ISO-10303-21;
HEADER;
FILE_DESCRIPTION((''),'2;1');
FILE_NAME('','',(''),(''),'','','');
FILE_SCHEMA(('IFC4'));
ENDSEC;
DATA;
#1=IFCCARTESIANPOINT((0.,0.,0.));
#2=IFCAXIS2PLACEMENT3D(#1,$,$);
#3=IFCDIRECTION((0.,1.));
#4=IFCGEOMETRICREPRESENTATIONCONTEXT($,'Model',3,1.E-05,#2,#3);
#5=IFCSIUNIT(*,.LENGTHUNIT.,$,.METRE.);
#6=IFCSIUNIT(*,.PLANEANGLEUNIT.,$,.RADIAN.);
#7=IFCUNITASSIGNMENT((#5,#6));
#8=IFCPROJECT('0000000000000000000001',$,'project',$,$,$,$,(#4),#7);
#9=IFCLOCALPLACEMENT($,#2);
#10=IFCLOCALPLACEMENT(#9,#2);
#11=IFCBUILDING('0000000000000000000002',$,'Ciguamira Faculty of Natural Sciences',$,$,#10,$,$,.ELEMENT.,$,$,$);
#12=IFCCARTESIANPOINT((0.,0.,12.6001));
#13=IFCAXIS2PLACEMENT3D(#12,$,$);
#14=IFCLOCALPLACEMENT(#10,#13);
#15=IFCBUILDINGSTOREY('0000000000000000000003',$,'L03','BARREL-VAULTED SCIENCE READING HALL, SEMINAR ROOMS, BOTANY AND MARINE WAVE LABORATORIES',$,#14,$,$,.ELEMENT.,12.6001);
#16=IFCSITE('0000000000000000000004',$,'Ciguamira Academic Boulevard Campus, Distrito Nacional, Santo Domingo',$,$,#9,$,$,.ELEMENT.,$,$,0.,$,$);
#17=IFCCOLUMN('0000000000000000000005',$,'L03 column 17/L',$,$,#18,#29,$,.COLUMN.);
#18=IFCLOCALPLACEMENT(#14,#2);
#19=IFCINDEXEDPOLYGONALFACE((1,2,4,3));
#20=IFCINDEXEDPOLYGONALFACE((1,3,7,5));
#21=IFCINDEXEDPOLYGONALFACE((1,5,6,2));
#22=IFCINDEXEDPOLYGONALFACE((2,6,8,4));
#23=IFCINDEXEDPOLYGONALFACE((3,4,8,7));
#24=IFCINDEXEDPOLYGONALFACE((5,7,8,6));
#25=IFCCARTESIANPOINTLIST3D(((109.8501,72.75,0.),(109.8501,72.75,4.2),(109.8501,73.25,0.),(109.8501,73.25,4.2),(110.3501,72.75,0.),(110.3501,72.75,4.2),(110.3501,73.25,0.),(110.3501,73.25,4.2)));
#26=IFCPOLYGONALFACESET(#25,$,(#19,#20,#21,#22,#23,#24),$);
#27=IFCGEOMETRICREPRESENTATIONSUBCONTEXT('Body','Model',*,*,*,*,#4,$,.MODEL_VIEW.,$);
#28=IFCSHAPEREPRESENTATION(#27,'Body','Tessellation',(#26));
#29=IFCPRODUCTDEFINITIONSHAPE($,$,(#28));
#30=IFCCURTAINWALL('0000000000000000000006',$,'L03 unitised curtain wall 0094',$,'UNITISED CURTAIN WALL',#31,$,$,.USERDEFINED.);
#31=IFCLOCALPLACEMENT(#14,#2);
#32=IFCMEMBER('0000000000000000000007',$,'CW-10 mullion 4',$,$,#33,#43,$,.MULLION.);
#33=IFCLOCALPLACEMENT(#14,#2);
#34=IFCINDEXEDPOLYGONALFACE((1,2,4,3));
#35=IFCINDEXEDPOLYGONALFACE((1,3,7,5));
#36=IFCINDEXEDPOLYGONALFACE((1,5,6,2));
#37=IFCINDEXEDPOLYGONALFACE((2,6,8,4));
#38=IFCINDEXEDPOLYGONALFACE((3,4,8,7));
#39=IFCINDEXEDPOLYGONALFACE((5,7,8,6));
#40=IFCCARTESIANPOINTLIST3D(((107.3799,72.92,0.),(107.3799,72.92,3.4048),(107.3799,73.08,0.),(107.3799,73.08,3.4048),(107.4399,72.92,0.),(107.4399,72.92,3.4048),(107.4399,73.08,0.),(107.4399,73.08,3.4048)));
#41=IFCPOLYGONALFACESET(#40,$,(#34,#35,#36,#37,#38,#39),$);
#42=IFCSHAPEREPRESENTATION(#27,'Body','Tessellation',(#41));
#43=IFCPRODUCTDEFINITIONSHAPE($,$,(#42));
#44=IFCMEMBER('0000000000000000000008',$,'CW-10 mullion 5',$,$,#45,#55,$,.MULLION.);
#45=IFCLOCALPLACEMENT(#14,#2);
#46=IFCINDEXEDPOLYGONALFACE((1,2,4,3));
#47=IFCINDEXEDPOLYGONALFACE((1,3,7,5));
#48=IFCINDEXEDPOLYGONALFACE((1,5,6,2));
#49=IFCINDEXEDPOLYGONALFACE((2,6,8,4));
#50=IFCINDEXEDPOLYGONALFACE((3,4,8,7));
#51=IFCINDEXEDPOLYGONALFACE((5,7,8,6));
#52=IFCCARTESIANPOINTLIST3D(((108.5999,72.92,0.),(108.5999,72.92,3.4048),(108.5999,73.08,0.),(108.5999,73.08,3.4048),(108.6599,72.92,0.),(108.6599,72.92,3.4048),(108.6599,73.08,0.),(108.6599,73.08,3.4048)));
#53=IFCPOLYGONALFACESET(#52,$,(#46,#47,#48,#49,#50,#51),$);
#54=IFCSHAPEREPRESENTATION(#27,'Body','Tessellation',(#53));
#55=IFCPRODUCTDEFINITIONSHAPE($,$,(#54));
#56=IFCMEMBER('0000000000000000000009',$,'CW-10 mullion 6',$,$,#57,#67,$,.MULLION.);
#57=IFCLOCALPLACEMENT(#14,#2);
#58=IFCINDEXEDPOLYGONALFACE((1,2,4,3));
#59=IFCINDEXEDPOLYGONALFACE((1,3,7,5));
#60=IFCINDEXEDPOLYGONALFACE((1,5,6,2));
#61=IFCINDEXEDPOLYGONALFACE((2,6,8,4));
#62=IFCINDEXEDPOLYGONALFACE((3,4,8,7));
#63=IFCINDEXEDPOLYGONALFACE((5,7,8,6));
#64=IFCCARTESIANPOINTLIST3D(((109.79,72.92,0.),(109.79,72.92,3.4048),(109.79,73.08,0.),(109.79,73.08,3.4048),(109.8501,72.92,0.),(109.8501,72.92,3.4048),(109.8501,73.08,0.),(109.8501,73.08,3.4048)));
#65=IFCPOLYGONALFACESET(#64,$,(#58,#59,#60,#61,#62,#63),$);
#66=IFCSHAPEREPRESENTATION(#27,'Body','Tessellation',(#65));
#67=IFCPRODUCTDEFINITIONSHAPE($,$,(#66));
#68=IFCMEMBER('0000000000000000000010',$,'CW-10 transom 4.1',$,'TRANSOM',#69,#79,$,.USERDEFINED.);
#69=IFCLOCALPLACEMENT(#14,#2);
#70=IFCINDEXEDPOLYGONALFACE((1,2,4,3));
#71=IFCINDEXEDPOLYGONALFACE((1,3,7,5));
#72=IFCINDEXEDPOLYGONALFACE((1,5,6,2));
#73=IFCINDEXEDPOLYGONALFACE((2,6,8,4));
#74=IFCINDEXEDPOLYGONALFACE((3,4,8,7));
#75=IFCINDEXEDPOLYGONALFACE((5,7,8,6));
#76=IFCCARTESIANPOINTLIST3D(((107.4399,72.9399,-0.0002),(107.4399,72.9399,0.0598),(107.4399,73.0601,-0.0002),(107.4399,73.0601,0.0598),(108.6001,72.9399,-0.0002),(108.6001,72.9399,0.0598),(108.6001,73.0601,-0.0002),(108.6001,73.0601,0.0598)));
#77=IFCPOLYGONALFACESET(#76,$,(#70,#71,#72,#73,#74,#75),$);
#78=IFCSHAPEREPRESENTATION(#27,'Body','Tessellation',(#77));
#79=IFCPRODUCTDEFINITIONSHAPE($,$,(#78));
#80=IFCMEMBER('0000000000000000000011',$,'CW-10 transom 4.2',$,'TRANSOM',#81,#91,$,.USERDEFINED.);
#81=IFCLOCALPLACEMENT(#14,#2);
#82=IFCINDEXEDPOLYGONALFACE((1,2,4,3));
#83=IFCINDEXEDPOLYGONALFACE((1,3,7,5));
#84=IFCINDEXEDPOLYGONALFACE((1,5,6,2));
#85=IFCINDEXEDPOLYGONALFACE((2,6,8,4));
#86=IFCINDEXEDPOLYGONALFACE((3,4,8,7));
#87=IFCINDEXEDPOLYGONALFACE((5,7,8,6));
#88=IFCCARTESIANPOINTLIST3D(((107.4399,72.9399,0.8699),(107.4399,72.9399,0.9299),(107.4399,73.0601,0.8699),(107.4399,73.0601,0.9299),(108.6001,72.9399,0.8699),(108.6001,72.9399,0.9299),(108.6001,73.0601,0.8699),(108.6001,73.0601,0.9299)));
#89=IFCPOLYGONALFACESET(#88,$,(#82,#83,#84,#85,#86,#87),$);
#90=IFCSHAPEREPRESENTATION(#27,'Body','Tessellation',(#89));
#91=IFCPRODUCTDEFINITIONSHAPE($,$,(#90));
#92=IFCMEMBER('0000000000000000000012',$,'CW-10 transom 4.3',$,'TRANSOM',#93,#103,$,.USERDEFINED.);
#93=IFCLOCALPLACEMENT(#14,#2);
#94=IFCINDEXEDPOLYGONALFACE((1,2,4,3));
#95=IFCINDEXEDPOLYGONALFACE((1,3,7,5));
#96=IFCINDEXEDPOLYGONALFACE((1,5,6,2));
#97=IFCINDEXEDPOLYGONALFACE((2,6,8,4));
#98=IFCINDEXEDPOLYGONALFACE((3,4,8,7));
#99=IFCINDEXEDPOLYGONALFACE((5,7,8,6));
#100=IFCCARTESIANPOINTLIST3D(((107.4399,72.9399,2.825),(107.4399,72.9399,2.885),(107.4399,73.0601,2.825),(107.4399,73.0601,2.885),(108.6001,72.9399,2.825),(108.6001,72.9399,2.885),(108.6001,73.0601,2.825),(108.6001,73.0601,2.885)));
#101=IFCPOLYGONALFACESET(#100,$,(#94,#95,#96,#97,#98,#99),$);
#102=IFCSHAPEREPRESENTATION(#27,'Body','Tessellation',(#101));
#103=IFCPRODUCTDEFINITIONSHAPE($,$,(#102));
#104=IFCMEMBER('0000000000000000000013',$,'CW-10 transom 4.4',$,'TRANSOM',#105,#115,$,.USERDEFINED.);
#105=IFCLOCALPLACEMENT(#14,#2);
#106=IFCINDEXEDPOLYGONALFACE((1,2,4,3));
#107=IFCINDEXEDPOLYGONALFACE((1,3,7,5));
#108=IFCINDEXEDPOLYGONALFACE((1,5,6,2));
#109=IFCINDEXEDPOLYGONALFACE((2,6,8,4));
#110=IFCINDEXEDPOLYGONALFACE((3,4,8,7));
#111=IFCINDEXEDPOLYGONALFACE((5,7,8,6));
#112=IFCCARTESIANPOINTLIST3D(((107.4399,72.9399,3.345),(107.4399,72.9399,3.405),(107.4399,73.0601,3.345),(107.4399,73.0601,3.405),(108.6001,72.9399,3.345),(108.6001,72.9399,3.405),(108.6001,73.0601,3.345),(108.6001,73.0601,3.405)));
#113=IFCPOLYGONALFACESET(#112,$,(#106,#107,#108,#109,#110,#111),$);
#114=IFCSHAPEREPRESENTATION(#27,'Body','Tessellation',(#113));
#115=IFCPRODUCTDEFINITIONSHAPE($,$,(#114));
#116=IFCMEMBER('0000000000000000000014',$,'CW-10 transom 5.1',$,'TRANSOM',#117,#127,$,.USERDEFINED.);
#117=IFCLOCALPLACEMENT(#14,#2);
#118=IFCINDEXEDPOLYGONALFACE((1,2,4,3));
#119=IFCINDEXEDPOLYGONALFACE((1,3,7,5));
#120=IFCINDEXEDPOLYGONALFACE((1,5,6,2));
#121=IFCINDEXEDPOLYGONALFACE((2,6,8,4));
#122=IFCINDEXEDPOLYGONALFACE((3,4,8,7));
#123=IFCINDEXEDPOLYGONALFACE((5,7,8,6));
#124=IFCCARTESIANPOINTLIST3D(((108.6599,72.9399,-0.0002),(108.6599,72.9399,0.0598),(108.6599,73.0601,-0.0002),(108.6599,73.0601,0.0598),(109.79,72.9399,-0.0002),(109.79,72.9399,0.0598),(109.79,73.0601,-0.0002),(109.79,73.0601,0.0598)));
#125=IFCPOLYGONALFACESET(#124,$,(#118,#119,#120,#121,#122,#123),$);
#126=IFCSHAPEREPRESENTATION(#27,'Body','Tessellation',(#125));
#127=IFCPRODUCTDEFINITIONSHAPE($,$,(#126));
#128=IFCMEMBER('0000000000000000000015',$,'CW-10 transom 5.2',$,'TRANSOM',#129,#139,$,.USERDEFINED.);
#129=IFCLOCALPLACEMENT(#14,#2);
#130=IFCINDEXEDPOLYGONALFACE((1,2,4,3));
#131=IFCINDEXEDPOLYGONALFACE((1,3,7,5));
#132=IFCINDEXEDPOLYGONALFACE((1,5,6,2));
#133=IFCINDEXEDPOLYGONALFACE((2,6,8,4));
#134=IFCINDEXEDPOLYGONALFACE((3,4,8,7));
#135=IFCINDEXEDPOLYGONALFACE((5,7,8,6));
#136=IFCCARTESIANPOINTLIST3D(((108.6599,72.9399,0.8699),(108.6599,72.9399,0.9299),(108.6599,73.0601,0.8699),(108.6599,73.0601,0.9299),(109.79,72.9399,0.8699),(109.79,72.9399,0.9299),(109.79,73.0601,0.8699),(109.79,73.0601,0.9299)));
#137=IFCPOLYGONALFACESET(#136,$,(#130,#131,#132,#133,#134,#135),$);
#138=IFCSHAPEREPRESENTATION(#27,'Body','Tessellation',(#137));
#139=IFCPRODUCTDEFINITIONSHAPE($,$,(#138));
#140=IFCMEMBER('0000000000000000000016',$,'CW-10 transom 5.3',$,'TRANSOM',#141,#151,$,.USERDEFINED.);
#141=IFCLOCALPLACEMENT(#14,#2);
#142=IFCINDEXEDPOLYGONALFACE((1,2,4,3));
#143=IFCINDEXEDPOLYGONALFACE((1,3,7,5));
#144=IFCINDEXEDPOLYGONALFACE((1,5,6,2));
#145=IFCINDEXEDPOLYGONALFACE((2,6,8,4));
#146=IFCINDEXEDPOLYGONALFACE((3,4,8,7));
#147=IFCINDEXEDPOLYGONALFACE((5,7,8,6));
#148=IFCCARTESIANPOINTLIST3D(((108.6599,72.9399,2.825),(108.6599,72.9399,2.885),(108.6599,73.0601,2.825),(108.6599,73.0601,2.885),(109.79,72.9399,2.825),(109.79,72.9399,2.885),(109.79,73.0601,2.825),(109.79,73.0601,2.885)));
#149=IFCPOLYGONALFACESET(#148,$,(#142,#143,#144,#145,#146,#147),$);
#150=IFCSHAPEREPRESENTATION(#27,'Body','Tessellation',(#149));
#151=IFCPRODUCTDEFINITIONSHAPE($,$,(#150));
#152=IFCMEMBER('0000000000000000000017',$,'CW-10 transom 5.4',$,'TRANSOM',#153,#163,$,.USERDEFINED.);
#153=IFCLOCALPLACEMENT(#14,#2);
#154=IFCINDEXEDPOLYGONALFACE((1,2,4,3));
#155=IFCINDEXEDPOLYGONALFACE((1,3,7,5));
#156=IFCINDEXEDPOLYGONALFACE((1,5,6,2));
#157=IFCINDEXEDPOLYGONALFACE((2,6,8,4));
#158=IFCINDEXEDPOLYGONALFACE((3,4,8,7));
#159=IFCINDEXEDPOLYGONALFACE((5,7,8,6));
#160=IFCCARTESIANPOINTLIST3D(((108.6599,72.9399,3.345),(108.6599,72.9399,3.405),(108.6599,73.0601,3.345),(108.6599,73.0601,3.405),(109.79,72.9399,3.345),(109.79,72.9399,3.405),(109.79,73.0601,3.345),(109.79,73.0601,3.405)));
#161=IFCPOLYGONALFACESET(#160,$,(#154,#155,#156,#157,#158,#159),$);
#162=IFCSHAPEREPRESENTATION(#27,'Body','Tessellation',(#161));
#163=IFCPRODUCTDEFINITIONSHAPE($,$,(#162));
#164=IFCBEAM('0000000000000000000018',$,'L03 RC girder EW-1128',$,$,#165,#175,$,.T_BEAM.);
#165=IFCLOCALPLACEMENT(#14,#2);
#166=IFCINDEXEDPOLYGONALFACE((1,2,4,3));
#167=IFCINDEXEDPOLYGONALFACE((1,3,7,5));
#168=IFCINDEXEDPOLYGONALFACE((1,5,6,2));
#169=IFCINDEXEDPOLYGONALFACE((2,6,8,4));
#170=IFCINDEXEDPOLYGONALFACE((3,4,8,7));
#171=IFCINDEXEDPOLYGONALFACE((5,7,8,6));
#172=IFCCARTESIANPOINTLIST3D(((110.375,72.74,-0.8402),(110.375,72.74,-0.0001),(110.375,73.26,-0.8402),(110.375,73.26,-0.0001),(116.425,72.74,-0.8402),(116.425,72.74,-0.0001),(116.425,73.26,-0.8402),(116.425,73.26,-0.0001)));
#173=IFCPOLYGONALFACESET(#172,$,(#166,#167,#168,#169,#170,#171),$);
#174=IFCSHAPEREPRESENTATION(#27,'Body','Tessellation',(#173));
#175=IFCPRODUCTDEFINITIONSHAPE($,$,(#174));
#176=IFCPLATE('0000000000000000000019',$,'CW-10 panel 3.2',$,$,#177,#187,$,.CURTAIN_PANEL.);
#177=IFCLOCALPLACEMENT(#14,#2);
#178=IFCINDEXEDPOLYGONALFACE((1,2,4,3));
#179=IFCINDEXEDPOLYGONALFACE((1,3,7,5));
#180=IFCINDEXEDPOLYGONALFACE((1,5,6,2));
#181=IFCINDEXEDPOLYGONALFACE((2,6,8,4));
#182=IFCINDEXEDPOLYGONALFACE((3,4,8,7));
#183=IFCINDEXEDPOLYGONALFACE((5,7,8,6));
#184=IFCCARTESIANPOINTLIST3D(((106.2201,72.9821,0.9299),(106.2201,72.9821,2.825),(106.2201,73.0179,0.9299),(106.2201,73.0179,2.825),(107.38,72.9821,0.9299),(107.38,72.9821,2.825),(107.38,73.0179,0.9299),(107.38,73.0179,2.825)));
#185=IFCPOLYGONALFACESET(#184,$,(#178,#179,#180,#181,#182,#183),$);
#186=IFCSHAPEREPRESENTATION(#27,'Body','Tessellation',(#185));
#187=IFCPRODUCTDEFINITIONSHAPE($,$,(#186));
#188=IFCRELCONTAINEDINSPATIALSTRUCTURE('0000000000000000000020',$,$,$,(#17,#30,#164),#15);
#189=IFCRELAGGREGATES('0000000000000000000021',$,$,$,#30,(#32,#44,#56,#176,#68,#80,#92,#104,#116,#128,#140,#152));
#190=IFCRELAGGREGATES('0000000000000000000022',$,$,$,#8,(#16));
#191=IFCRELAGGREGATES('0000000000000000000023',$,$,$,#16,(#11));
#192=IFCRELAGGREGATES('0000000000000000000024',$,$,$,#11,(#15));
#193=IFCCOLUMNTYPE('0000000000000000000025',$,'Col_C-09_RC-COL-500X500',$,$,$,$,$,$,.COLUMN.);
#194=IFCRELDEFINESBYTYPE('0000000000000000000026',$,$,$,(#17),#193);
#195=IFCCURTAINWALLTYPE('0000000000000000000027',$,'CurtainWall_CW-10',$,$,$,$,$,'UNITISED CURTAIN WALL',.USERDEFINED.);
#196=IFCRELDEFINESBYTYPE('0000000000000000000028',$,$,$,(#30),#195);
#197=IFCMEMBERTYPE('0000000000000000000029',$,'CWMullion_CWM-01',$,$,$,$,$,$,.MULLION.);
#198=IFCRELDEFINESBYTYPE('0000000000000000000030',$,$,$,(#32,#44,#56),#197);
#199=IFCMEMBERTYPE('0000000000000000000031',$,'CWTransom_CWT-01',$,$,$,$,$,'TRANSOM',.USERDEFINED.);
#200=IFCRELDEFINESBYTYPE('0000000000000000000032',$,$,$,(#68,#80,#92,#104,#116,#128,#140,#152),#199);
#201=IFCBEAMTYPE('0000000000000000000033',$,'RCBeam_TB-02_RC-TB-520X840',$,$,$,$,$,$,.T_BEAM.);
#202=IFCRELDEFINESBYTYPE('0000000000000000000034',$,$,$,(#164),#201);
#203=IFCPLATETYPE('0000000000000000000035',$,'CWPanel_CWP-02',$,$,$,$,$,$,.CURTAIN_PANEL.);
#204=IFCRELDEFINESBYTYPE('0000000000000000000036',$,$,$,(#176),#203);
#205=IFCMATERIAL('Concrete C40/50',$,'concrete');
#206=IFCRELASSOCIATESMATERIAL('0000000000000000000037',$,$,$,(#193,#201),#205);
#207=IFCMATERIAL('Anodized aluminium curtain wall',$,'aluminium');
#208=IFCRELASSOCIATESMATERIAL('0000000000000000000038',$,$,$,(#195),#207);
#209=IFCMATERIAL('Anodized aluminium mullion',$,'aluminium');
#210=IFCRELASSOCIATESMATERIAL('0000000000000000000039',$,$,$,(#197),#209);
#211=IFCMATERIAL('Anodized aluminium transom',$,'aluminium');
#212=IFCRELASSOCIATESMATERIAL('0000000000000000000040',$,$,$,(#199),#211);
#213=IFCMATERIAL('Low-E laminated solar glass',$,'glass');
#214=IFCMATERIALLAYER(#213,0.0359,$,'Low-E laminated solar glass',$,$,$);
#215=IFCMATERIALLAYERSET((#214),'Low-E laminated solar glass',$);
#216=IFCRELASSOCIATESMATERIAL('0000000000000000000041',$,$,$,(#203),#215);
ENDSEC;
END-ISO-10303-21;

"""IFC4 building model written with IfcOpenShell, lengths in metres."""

from ifc_helpers import new_model, si_unit, direction, frame, origin, origin_2d, place, context, subcontext, project, spatial, rectangle, extrude, material, layer, layer_set, material_profile, profile_set, type_object, element, aggregate, save


model = new_model("IFC4")

# Units and contexts
model_context = context("Model", 3, precision=1e-05, world=origin(), true_north=direction((0.0, 1.0)))
body_context = subcontext(model_context, "Body", "Model", "MODEL_VIEW")
ifc_project = project(units=[si_unit("LENGTHUNIT", "METRE"), si_unit("PLANEANGLEUNIT", "RADIAN")], contexts=[model_context])

# Site, building, storey
site_placement = place(None, origin())
site = spatial("IfcSite", under=ifc_project, at=site_placement, Name="Ciguamira Academic Boulevard Campus, Distrito Nacional, Santo Domingo", CompositionType="ELEMENT", RefElevation=0.0)
building_placement = place(site_placement, origin())
building = spatial("IfcBuilding", under=site, at=building_placement, Name="Ciguamira Faculty of Natural Sciences", CompositionType="ELEMENT")
storey_placement = place(building_placement, frame((0.0, 0.0, 12.6001)))
storey = spatial("IfcBuildingStorey", under=building, at=storey_placement, Name="L03", Description="BARREL-VAULTED SCIENCE READING HALL, SEMINAR ROOMS, BOTANY AND MARINE WAVE LABORATORIES", CompositionType="ELEMENT", Elevation=12.6001)

# Column
ifc_material_1 = material(Name="Concrete C40/50", Category="concrete")
ifc_material_profile_1 = material_profile(ifc_material_1, rectangle(XDim=0.5, YDim=0.5, at=origin_2d()), Name="RC-COL-500X500")
ifc_profile_set_1 = profile_set([ifc_material_profile_1], Name="Concrete C40/50")
column_type = type_object("IfcColumnType", Name="Col_C-09_RC-COL-500X500", PredefinedType="COLUMN", material=ifc_profile_set_1)
column_placement = place(storey_placement, frame((110.1001, 73.0, 0.0), z_axis=(0.0, 0.0, 1.0), x_axis=(1.0, 0.0, 0.0)))
element("IfcColumn", 1, at=column_placement, inside=storey, type_object=column_type, Name="L03 column 17/L", PredefinedType="COLUMN", context=body_context, shape_type="SweptSolid", body=[
    extrude(rectangle(XDim=0.5, YDim=0.5, at=origin_2d()), origin(), (0.0, 0.0, 1.0), 4.2),
])

# Curtain wall, members
ifc_material_2 = material(Name="Anodized aluminium curtain wall", Category="aluminium")
curtain_wall_type = type_object("IfcCurtainWallType", Name="CurtainWall_CW-10", ElementType="UNITISED CURTAIN WALL", PredefinedType="USERDEFINED", material=ifc_material_2)
curtain_wall_placement = place(storey_placement, origin())
curtain_wall = element("IfcCurtainWall", 2, at=curtain_wall_placement, inside=storey, type_object=curtain_wall_type, Name="L03 unitised curtain wall 0094", ObjectType="UNITISED CURTAIN WALL", PredefinedType="USERDEFINED")
ifc_material_3 = material(Name="Anodized aluminium mullion", Category="aluminium")
ifc_material_profile_2 = material_profile(ifc_material_3, rectangle(XDim=0.0601, YDim=0.1599, at=origin_2d()), Name="ALU-MUL-60X160")
ifc_profile_set_2 = profile_set([ifc_material_profile_2], Name="Anodized aluminium mullion")
member_type_1 = type_object("IfcMemberType", Name="CWMullion_CWM-01", PredefinedType="MULLION", material=ifc_profile_set_2)
member_1_placement = place(storey_placement, frame((107.4099, 73.0, 0.0), z_axis=(0.0, 0.0, 1.0), x_axis=(1.0, 0.0, 0.0)))
member_1 = element("IfcMember", 3, at=member_1_placement, type_object=member_type_1, Name="CW-10 mullion 4", PredefinedType="MULLION", context=body_context, shape_type="SweptSolid", body=[
    extrude(rectangle(XDim=0.0601, YDim=0.1599, at=origin_2d()), origin(), (0.0, 0.0, 1.0), 3.4048),
])
member_2_placement = place(storey_placement, frame((108.6299, 73.0, 0.0), z_axis=(0.0, 0.0, 1.0), x_axis=(1.0, 0.0, 0.0)))
member_2 = element("IfcMember", 4, at=member_2_placement, type_object=member_type_1, Name="CW-10 mullion 5", PredefinedType="MULLION", context=body_context, shape_type="SweptSolid", body=[
    extrude(rectangle(XDim=0.0601, YDim=0.1599, at=origin_2d()), origin(), (0.0, 0.0, 1.0), 3.4048),
])
member_3_placement = place(storey_placement, frame((109.8201, 73.0, 0.0), z_axis=(0.0, 0.0, 1.0), x_axis=(1.0, 0.0, 0.0)))
member_3 = element("IfcMember", 5, at=member_3_placement, type_object=member_type_1, Name="CW-10 mullion 6", PredefinedType="MULLION", context=body_context, shape_type="SweptSolid", body=[
    extrude(rectangle(XDim=0.0601, YDim=0.1599, at=origin_2d()), origin(), (0.0, 0.0, 1.0), 3.4048),
])
ifc_material_4 = material(Name="Anodized aluminium transom", Category="aluminium")
ifc_material_profile_3 = material_profile(ifc_material_4, rectangle(XDim=0.0601, YDim=0.1201, at=origin_2d()), Name="ALU-TRN-60X120")
ifc_profile_set_3 = profile_set([ifc_material_profile_3], Name="Anodized aluminium transom")
member_type_2 = type_object("IfcMemberType", Name="CWTransom_CWT-01", ElementType="TRANSOM", PredefinedType="USERDEFINED", material=ifc_profile_set_3)
member_4_placement = place(storey_placement, frame((107.4399, 73.0, 0.0298), z_axis=(1.0, 0.0, 0.0), x_axis=(0.0, 0.0, 1.0)))
member_4 = element("IfcMember", 6, at=member_4_placement, type_object=member_type_2, Name="CW-10 transom 4.1", ObjectType="TRANSOM", PredefinedType="USERDEFINED", context=body_context, shape_type="SweptSolid", body=[
    extrude(rectangle(XDim=0.0601, YDim=0.1201, at=origin_2d()), origin(), (0.0, 0.0, 1.0), 1.1602),
])
member_5_placement = place(storey_placement, frame((107.4399, 73.0, 0.8999), z_axis=(1.0, 0.0, 0.0), x_axis=(0.0, 0.0, 1.0)))
member_5 = element("IfcMember", 7, at=member_5_placement, type_object=member_type_2, Name="CW-10 transom 4.2", ObjectType="TRANSOM", PredefinedType="USERDEFINED", context=body_context, shape_type="SweptSolid", body=[
    extrude(rectangle(XDim=0.0601, YDim=0.1201, at=origin_2d()), origin(), (0.0, 0.0, 1.0), 1.1602),
])
member_6_placement = place(storey_placement, frame((107.4399, 73.0, 2.855), z_axis=(1.0, 0.0, 0.0), x_axis=(0.0, 0.0, 1.0)))
member_6 = element("IfcMember", 8, at=member_6_placement, type_object=member_type_2, Name="CW-10 transom 4.3", ObjectType="TRANSOM", PredefinedType="USERDEFINED", context=body_context, shape_type="SweptSolid", body=[
    extrude(rectangle(XDim=0.0601, YDim=0.1201, at=origin_2d()), origin(), (0.0, 0.0, 1.0), 1.1602),
])
member_7_placement = place(storey_placement, frame((107.4399, 73.0, 3.375), z_axis=(1.0, 0.0, 0.0), x_axis=(0.0, 0.0, 1.0)))
member_7 = element("IfcMember", 9, at=member_7_placement, type_object=member_type_2, Name="CW-10 transom 4.4", ObjectType="TRANSOM", PredefinedType="USERDEFINED", context=body_context, shape_type="SweptSolid", body=[
    extrude(rectangle(XDim=0.0601, YDim=0.1201, at=origin_2d()), origin(), (0.0, 0.0, 1.0), 1.1602),
])
member_8_placement = place(storey_placement, frame((108.6599, 73.0, 0.0298), z_axis=(1.0, 0.0, 0.0), x_axis=(0.0, 0.0, 1.0)))
member_8 = element("IfcMember", 10, at=member_8_placement, type_object=member_type_2, Name="CW-10 transom 5.1", ObjectType="TRANSOM", PredefinedType="USERDEFINED", context=body_context, shape_type="SweptSolid", body=[
    extrude(rectangle(XDim=0.0601, YDim=0.1201, at=origin_2d()), origin(), (0.0, 0.0, 1.0), 1.1301),
])
member_9_placement = place(storey_placement, frame((108.6599, 73.0, 0.8999), z_axis=(1.0, 0.0, 0.0), x_axis=(0.0, 0.0, 1.0)))
member_9 = element("IfcMember", 11, at=member_9_placement, type_object=member_type_2, Name="CW-10 transom 5.2", ObjectType="TRANSOM", PredefinedType="USERDEFINED", context=body_context, shape_type="SweptSolid", body=[
    extrude(rectangle(XDim=0.0601, YDim=0.1201, at=origin_2d()), origin(), (0.0, 0.0, 1.0), 1.1301),
])
member_10_placement = place(storey_placement, frame((108.6599, 73.0, 2.855), z_axis=(1.0, 0.0, 0.0), x_axis=(0.0, 0.0, 1.0)))
member_10 = element("IfcMember", 12, at=member_10_placement, type_object=member_type_2, Name="CW-10 transom 5.3", ObjectType="TRANSOM", PredefinedType="USERDEFINED", context=body_context, shape_type="SweptSolid", body=[
    extrude(rectangle(XDim=0.0601, YDim=0.1201, at=origin_2d()), origin(), (0.0, 0.0, 1.0), 1.1301),
])
member_11_placement = place(storey_placement, frame((108.6599, 73.0, 3.375), z_axis=(1.0, 0.0, 0.0), x_axis=(0.0, 0.0, 1.0)))
member_11 = element("IfcMember", 13, at=member_11_placement, type_object=member_type_2, Name="CW-10 transom 5.4", ObjectType="TRANSOM", PredefinedType="USERDEFINED", context=body_context, shape_type="SweptSolid", body=[
    extrude(rectangle(XDim=0.0601, YDim=0.1201, at=origin_2d()), origin(), (0.0, 0.0, 1.0), 1.1301),
])

# Beam
ifc_material_profile_4 = material_profile(ifc_material_1, rectangle(XDim=0.52, YDim=0.8401, at=origin_2d()), Name="RC-TB-520X840")
ifc_profile_set_4 = profile_set([ifc_material_profile_4], Name="Concrete C40/50")
beam_type = type_object("IfcBeamType", Name="RCBeam_TB-02_RC-TB-520X840", PredefinedType="T_BEAM", material=ifc_profile_set_4)
beam_placement = place(storey_placement, frame((110.375, 73.0, -0.4202), z_axis=(1.0, 0.0, 0.0), x_axis=(0.0, 1.0, 0.0)))
element("IfcBeam", 14, at=beam_placement, inside=storey, type_object=beam_type, Name="L03 RC girder EW-1128", PredefinedType="T_BEAM", context=body_context, shape_type="SweptSolid", body=[
    extrude(rectangle(XDim=0.52, YDim=0.8401, at=origin_2d()), origin(), (0.0, 0.0, 1.0), 6.05),
])

# Plate
ifc_material_5 = material(Name="Low-E laminated solar glass", Category="glass")
ifc_layer = layer(ifc_material_5, 0.0359, Name="Low-E laminated solar glass")
ifc_layer_set = layer_set([ifc_layer], Name="Low-E laminated solar glass")
plate_type = type_object("IfcPlateType", Name="CWPanel_CWP-02", PredefinedType="CURTAIN_PANEL", material=ifc_layer_set)
plate_1_placement = place(storey_placement, frame((106.8, 73.0, 0.9299), z_axis=(0.0, 0.0, 1.0), x_axis=(1.0, 0.0, 0.0)))
plate_1 = element("IfcPlate", 15, at=plate_1_placement, type_object=plate_type, Name="CW-10 panel 3.2", PredefinedType="CURTAIN_PANEL", context=body_context, shape_type="SweptSolid", body=[
    extrude(rectangle(XDim=1.1599, YDim=0.0359, at=origin_2d()), origin(), (0.0, 0.0, 1.0), 1.895),
])
aggregate(curtain_wall, [member_1, member_2, member_3, plate_1, member_4, member_5, member_6, member_7, member_8, member_9, member_10, member_11])

save(model, "model.ifc")
